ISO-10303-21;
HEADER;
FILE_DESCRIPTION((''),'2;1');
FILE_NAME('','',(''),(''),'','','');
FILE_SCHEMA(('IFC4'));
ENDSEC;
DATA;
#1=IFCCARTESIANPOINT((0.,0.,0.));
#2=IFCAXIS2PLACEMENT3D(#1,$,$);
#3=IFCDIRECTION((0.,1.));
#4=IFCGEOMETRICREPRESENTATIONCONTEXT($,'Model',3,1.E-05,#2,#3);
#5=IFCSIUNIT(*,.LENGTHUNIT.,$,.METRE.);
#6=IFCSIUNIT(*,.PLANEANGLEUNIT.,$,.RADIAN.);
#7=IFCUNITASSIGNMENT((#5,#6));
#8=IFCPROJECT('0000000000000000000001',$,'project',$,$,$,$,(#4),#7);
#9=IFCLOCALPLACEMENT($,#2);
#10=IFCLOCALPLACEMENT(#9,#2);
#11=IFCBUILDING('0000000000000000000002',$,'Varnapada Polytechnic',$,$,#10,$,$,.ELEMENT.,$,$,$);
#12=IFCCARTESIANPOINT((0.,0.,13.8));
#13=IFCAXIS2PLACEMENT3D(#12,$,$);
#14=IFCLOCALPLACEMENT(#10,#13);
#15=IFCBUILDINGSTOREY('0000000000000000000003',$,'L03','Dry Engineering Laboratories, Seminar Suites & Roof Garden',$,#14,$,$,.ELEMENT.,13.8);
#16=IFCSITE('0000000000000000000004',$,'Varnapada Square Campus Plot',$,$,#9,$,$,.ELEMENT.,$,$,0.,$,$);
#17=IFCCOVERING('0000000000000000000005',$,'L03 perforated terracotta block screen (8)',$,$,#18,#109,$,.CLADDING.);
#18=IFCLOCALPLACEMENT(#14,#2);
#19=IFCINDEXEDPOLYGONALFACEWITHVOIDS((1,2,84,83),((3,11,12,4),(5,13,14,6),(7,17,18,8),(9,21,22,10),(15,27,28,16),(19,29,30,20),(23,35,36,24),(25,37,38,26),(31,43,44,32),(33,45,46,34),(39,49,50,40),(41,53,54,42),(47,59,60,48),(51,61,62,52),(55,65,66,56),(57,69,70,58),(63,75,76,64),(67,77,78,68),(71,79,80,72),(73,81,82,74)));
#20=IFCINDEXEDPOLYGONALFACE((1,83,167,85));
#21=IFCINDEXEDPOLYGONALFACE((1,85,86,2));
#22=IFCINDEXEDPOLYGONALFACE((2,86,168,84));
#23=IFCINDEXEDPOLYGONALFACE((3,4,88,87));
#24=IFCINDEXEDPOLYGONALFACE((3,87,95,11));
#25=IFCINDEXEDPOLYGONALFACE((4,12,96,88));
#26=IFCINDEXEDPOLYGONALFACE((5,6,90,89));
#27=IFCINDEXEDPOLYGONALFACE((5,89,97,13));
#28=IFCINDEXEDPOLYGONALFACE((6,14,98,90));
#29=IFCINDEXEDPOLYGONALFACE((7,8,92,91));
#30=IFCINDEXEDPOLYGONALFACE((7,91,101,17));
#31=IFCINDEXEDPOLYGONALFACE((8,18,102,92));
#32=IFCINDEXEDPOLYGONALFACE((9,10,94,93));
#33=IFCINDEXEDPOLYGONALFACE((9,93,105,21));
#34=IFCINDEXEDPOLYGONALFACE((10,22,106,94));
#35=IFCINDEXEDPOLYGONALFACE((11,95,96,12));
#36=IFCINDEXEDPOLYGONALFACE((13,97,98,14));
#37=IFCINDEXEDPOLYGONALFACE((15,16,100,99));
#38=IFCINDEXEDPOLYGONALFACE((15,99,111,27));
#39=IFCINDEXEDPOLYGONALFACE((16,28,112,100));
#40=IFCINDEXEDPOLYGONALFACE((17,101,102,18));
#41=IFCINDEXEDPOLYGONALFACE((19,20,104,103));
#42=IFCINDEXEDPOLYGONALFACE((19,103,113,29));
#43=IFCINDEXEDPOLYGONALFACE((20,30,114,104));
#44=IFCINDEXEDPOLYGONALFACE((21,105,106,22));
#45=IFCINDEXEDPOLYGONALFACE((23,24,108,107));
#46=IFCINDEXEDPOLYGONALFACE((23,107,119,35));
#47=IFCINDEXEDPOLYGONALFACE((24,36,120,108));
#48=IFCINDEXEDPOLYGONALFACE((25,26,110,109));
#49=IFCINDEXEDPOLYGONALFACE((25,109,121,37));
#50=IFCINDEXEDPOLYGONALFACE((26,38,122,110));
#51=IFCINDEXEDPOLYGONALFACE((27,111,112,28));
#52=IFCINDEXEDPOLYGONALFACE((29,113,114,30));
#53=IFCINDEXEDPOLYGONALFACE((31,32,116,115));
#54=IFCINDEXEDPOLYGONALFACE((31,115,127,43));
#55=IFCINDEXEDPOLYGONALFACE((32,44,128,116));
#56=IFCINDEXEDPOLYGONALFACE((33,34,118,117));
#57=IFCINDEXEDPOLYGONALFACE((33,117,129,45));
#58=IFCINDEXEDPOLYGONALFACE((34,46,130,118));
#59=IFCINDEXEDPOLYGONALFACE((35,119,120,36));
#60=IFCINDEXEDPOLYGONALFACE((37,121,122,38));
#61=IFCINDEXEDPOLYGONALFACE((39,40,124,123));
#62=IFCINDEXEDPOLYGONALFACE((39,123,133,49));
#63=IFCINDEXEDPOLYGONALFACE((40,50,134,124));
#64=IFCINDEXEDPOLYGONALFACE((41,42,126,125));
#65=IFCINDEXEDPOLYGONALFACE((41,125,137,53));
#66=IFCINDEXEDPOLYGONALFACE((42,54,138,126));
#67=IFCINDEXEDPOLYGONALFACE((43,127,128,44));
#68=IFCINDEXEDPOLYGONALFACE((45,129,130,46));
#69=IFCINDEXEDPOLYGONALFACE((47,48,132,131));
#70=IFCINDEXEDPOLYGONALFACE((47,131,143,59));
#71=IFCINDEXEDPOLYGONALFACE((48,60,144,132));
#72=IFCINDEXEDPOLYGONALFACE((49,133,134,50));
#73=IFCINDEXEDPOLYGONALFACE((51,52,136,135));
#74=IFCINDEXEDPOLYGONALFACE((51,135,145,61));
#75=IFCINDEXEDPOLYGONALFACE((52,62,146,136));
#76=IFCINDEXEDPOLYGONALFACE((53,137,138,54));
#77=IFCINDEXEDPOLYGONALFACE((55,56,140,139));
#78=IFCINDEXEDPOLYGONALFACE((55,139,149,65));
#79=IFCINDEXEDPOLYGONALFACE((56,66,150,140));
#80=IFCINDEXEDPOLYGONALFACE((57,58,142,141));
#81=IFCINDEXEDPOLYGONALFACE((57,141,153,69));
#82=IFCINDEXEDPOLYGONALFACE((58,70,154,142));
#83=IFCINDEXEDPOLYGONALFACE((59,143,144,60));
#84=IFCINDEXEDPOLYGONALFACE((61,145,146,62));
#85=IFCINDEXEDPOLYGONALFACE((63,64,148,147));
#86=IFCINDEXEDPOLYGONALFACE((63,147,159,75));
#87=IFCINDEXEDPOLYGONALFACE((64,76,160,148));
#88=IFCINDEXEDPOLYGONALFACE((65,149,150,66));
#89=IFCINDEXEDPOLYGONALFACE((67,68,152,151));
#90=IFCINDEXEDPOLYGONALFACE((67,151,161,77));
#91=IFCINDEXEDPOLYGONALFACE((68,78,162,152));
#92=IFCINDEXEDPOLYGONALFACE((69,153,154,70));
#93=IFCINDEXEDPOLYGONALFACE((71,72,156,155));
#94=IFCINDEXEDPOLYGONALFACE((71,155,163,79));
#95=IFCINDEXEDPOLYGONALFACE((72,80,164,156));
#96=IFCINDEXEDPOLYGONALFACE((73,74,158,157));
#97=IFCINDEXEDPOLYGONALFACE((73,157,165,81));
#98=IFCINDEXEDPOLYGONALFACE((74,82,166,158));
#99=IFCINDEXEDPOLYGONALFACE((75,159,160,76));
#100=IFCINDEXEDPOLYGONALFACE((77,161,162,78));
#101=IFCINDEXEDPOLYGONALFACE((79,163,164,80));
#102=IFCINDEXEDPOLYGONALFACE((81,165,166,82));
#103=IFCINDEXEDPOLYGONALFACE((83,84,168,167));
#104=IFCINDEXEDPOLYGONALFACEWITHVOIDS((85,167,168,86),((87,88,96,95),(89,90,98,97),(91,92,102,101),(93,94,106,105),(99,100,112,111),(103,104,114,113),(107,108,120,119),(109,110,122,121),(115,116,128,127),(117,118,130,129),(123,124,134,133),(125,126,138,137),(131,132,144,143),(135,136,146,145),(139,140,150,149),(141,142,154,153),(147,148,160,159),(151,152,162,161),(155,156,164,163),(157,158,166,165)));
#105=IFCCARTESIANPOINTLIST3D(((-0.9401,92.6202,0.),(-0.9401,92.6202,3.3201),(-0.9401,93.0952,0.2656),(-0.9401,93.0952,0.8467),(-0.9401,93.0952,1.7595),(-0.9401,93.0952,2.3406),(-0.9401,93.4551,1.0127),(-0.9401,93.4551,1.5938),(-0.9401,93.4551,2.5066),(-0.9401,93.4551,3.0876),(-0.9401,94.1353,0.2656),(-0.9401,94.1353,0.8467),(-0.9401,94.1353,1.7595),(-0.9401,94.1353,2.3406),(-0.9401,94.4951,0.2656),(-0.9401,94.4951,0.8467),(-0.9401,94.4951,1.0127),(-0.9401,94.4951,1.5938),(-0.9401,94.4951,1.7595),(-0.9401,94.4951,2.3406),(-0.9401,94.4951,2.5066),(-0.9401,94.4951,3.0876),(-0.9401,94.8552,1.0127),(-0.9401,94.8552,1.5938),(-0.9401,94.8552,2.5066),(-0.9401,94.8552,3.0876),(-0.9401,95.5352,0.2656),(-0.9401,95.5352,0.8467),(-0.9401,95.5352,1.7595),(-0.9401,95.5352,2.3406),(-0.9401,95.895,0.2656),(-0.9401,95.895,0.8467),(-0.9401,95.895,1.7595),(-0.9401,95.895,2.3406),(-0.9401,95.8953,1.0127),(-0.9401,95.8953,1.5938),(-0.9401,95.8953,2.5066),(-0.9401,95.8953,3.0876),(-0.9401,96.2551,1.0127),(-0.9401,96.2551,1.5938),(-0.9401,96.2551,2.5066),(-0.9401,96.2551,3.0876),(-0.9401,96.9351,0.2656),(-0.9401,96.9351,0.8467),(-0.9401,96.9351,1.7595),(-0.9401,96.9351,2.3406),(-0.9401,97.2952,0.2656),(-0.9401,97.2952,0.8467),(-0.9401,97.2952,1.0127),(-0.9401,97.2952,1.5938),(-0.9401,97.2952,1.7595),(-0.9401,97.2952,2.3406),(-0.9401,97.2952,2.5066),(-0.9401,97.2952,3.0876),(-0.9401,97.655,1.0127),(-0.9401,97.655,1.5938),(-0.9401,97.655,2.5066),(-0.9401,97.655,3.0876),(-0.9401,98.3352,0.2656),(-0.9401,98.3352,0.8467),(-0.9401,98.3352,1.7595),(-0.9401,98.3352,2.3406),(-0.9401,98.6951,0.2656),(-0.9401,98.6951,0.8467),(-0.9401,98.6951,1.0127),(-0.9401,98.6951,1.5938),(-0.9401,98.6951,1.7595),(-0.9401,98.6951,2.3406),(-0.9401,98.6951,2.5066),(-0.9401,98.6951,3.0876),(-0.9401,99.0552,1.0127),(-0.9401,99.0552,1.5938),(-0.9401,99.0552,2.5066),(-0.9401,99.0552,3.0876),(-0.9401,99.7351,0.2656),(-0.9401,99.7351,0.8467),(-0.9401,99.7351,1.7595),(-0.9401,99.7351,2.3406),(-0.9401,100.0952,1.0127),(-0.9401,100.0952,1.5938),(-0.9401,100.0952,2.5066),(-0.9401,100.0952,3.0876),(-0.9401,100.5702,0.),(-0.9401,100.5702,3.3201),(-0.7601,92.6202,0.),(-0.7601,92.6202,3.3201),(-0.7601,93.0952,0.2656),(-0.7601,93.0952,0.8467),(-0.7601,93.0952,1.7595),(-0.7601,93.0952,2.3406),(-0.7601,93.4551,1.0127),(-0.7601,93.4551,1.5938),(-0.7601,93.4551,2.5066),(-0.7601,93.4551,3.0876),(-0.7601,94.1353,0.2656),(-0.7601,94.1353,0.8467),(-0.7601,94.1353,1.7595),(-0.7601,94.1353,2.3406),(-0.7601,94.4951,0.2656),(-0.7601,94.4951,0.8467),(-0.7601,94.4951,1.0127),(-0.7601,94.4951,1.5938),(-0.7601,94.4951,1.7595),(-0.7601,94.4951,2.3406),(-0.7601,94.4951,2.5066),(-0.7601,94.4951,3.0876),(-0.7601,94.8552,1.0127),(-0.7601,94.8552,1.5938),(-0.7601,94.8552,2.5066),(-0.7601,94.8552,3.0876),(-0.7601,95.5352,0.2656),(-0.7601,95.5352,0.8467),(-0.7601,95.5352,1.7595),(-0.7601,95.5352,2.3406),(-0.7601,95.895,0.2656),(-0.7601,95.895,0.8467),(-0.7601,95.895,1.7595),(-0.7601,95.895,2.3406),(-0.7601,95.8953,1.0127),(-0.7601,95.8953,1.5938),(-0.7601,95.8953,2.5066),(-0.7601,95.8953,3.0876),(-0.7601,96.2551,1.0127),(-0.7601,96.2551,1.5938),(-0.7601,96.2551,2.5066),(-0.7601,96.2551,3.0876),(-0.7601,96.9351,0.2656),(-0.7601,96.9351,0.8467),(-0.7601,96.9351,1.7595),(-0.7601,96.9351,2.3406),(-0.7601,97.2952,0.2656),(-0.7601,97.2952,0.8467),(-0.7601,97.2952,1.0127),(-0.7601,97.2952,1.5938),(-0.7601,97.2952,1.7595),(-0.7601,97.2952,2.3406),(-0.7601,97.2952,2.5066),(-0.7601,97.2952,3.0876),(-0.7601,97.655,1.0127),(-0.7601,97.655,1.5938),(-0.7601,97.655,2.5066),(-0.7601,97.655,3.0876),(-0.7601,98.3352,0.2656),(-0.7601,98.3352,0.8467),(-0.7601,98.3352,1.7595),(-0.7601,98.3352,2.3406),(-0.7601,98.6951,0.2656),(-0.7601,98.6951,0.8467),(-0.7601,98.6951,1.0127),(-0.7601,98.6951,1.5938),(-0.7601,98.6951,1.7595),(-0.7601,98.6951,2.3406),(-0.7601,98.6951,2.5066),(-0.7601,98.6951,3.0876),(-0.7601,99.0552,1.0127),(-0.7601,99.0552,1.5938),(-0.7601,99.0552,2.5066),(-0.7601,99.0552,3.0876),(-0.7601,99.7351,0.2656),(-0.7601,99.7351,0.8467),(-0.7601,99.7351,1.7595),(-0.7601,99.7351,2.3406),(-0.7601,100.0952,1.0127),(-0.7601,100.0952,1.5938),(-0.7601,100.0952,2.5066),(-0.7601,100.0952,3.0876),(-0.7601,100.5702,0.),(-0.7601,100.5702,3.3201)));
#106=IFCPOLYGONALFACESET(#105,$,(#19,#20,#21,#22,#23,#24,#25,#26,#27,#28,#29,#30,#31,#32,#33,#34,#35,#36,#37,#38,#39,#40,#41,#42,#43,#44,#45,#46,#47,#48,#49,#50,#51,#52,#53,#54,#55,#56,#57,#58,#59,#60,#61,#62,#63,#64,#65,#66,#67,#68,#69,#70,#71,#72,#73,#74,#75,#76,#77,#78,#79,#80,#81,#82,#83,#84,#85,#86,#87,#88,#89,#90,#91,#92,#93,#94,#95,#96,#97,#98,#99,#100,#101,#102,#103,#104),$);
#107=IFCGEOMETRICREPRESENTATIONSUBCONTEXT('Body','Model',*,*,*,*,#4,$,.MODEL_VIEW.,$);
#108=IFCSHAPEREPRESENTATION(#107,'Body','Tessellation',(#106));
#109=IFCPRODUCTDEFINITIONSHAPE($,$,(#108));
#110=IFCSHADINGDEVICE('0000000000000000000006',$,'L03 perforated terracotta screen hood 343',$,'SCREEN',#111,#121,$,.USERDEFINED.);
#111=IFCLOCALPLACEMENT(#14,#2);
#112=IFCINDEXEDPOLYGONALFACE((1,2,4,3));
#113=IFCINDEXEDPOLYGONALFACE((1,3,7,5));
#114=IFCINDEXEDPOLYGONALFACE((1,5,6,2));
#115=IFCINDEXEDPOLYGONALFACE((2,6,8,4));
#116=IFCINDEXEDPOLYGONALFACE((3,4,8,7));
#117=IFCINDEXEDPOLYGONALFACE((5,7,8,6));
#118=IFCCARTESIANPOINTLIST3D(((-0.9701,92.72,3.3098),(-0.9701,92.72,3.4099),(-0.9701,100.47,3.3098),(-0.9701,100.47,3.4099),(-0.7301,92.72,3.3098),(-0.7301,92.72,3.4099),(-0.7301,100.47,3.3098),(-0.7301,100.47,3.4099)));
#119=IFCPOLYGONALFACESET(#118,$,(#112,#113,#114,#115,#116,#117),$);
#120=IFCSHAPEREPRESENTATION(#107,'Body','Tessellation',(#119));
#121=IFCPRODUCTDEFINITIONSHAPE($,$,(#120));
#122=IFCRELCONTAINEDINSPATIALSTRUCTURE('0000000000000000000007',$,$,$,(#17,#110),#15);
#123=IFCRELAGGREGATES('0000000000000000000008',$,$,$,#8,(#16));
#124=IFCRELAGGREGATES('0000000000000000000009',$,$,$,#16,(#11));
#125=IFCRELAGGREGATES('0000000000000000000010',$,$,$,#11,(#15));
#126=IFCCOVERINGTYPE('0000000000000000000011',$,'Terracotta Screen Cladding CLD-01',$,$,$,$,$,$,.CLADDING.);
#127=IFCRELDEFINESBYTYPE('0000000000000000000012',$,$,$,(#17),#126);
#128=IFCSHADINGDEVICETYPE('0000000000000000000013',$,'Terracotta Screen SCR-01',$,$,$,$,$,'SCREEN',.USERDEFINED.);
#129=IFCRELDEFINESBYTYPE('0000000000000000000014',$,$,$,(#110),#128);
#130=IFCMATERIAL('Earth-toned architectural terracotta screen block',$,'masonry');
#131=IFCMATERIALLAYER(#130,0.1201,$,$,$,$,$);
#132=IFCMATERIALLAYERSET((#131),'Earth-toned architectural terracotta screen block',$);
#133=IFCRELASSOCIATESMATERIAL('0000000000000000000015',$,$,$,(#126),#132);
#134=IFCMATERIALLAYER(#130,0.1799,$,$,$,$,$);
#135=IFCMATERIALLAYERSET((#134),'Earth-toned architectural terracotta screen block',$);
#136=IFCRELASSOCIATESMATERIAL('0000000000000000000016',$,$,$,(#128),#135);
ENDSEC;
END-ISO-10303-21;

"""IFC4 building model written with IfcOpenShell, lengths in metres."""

from ifc_helpers import new_model, si_unit, direction, frame, frame_2d, origin, origin_2d, place, context, subcontext, project, spatial, rectangle, extrude, material, layer, layer_set, type_object, element, save


model = new_model("IFC4")

# Units and contexts
model_context = context("Model", 3, precision=1e-05, world=origin(), true_north=direction((0.0, 1.0)))
body_context = subcontext(model_context, "Body", "Model", "MODEL_VIEW")
ifc_project = project(units=[si_unit("LENGTHUNIT", "METRE"), si_unit("PLANEANGLEUNIT", "RADIAN")], contexts=[model_context])

# Site, building, storey
site_placement = place(None, origin())
site = spatial("IfcSite", under=ifc_project, at=site_placement, Name="Varnapada Square Campus Plot", CompositionType="ELEMENT", RefElevation=0.0)
building_placement = place(site_placement, origin())
building = spatial("IfcBuilding", under=site, at=building_placement, Name="Varnapada Polytechnic", CompositionType="ELEMENT")
storey_placement = place(building_placement, frame((0.0, 0.0, 13.8)))
storey = spatial("IfcBuildingStorey", under=building, at=storey_placement, Name="L03", Description="Dry Engineering Laboratories, Seminar Suites & Roof Garden", CompositionType="ELEMENT", Elevation=13.8)

# Covering, openings
ifc_material_1 = material(Name="Earth-toned architectural terracotta screen block", Category="masonry")
ifc_layer_1 = layer(ifc_material_1, 0.1201)
ifc_layer_set_1 = layer_set([ifc_layer_1], Name="Earth-toned architectural terracotta screen block")
covering_type = type_object("IfcCoveringType", Name="Terracotta Screen Cladding CLD-01", PredefinedType="CLADDING", material=ifc_layer_set_1)
covering_placement = place(storey_placement, frame((-0.8501, 92.6201, 0.0), z_axis=(0.0, 0.0, 1.0), x_axis=(0.0, 1.0, 0.0)))
covering = element("IfcCovering", 1, at=covering_placement, inside=storey, type_object=covering_type, Name="L03 perforated terracotta block screen (8)", PredefinedType="CLADDING", context=body_context, shape_type="SweptSolid", body=[
    extrude(rectangle(XDim=7.95, YDim=0.1799, at=frame_2d((3.9751, 0.0))), origin(), (0.0, 0.0, 1.0), 3.3201),
])
opening_1_placement = place(covering_placement, frame((0.4751, 0.0, 0.2656)))
element("IfcOpeningElement", 2, at=opening_1_placement, cuts=covering, PredefinedType="OPENING", context=body_context, shape_type="SweptSolid", body=[
    extrude(rectangle(XDim=1.04, YDim=0.5811, at=frame_2d((0.52, 0.2905))), frame((0.0, 0.0999, 0.0), z_axis=(0.0, -1.0, 0.0), x_axis=(1.0, 0.0, 0.0)), (0.0, 0.0, 1.0), 0.2),
])
opening_2_placement = place(covering_placement, frame((1.875, 0.0, 0.2656)))
element("IfcOpeningElement", 3, at=opening_2_placement, cuts=covering, PredefinedType="OPENING", context=body_context, shape_type="SweptSolid", body=[
    extrude(rectangle(XDim=1.04, YDim=0.5811, at=frame_2d((0.52, 0.2905))), frame((0.0, 0.0999, 0.0), z_axis=(0.0, -1.0, 0.0), x_axis=(1.0, 0.0, 0.0)), (0.0, 0.0, 1.0), 0.2),
])
opening_3_placement = place(covering_placement, frame((3.2749, 0.0, 0.2656)))
element("IfcOpeningElement", 4, at=opening_3_placement, cuts=covering, PredefinedType="OPENING", context=body_context, shape_type="SweptSolid", body=[
    extrude(rectangle(XDim=1.04, YDim=0.5811, at=frame_2d((0.52, 0.2905))), frame((0.0, 0.0999, 0.0), z_axis=(0.0, -1.0, 0.0), x_axis=(1.0, 0.0, 0.0)), (0.0, 0.0, 1.0), 0.2),
])
opening_4_placement = place(covering_placement, frame((4.675, 0.0, 0.2656)))
element("IfcOpeningElement", 5, at=opening_4_placement, cuts=covering, PredefinedType="OPENING", context=body_context, shape_type="SweptSolid", body=[
    extrude(rectangle(XDim=1.04, YDim=0.5811, at=frame_2d((0.52, 0.2905))), frame((0.0, 0.0999, 0.0), z_axis=(0.0, -1.0, 0.0), x_axis=(1.0, 0.0, 0.0)), (0.0, 0.0, 1.0), 0.2),
])
opening_5_placement = place(covering_placement, frame((6.075, 0.0, 0.2656)))
element("IfcOpeningElement", 6, at=opening_5_placement, cuts=covering, PredefinedType="OPENING", context=body_context, shape_type="SweptSolid", body=[
    extrude(rectangle(XDim=1.04, YDim=0.5811, at=frame_2d((0.52, 0.2905))), frame((0.0, 0.0999, 0.0), z_axis=(0.0, -1.0, 0.0), x_axis=(1.0, 0.0, 0.0)), (0.0, 0.0, 1.0), 0.2),
])
opening_6_placement = place(covering_placement, frame((0.835, 0.0, 1.0127)))
element("IfcOpeningElement", 7, at=opening_6_placement, cuts=covering, PredefinedType="OPENING", context=body_context, shape_type="SweptSolid", body=[
    extrude(rectangle(XDim=1.04, YDim=0.5811, at=frame_2d((0.52, 0.2905))), frame((0.0, 0.0999, 0.0), z_axis=(0.0, -1.0, 0.0), x_axis=(1.0, 0.0, 0.0)), (0.0, 0.0, 1.0), 0.2),
])
opening_7_placement = place(covering_placement, frame((2.2351, 0.0, 1.0127)))
element("IfcOpeningElement", 8, at=opening_7_placement, cuts=covering, PredefinedType="OPENING", context=body_context, shape_type="SweptSolid", body=[
    extrude(rectangle(XDim=1.04, YDim=0.5811, at=frame_2d((0.52, 0.2905))), frame((0.0, 0.0999, 0.0), z_axis=(0.0, -1.0, 0.0), x_axis=(1.0, 0.0, 0.0)), (0.0, 0.0, 1.0), 0.2),
])
opening_8_placement = place(covering_placement, frame((3.635, 0.0, 1.0127)))
element("IfcOpeningElement", 9, at=opening_8_placement, cuts=covering, PredefinedType="OPENING", context=body_context, shape_type="SweptSolid", body=[
    extrude(rectangle(XDim=1.04, YDim=0.5811, at=frame_2d((0.52, 0.2905))), frame((0.0, 0.0999, 0.0), z_axis=(0.0, -1.0, 0.0), x_axis=(1.0, 0.0, 0.0)), (0.0, 0.0, 1.0), 0.2),
])
opening_9_placement = place(covering_placement, frame((5.0349, 0.0, 1.0127)))
element("IfcOpeningElement", 10, at=opening_9_placement, cuts=covering, PredefinedType="OPENING", context=body_context, shape_type="SweptSolid", body=[
    extrude(rectangle(XDim=1.04, YDim=0.5811, at=frame_2d((0.52, 0.2905))), frame((0.0, 0.0999, 0.0), z_axis=(0.0, -1.0, 0.0), x_axis=(1.0, 0.0, 0.0)), (0.0, 0.0, 1.0), 0.2),
])
opening_10_placement = place(covering_placement, frame((6.4351, 0.0, 1.0127)))
element("IfcOpeningElement", 11, at=opening_10_placement, cuts=covering, PredefinedType="OPENING", context=body_context, shape_type="SweptSolid", body=[
    extrude(rectangle(XDim=1.04, YDim=0.5811, at=frame_2d((0.52, 0.2905))), frame((0.0, 0.0999, 0.0), z_axis=(0.0, -1.0, 0.0), x_axis=(1.0, 0.0, 0.0)), (0.0, 0.0, 1.0), 0.2),
])
opening_11_placement = place(covering_placement, frame((0.4751, 0.0, 1.7595)))
element("IfcOpeningElement", 12, at=opening_11_placement, cuts=covering, PredefinedType="OPENING", context=body_context, shape_type="SweptSolid", body=[
    extrude(rectangle(XDim=1.04, YDim=0.5811, at=frame_2d((0.52, 0.2905))), frame((0.0, 0.0999, 0.0), z_axis=(0.0, -1.0, 0.0), x_axis=(1.0, 0.0, 0.0)), (0.0, 0.0, 1.0), 0.2),
])
opening_12_placement = place(covering_placement, frame((1.875, 0.0, 1.7595)))
element("IfcOpeningElement", 13, at=opening_12_placement, cuts=covering, PredefinedType="OPENING", context=body_context, shape_type="SweptSolid", body=[
    extrude(rectangle(XDim=1.04, YDim=0.5811, at=frame_2d((0.52, 0.2905))), frame((0.0, 0.0999, 0.0), z_axis=(0.0, -1.0, 0.0), x_axis=(1.0, 0.0, 0.0)), (0.0, 0.0, 1.0), 0.2),
])
opening_13_placement = place(covering_placement, frame((3.2749, 0.0, 1.7595)))
element("IfcOpeningElement", 14, at=opening_13_placement, cuts=covering, PredefinedType="OPENING", context=body_context, shape_type="SweptSolid", body=[
    extrude(rectangle(XDim=1.04, YDim=0.5811, at=frame_2d((0.52, 0.2905))), frame((0.0, 0.0999, 0.0), z_axis=(0.0, -1.0, 0.0), x_axis=(1.0, 0.0, 0.0)), (0.0, 0.0, 1.0), 0.2),
])
opening_14_placement = place(covering_placement, frame((4.675, 0.0, 1.7595)))
element("IfcOpeningElement", 15, at=opening_14_placement, cuts=covering, PredefinedType="OPENING", context=body_context, shape_type="SweptSolid", body=[
    extrude(rectangle(XDim=1.04, YDim=0.5811, at=frame_2d((0.52, 0.2905))), frame((0.0, 0.0999, 0.0), z_axis=(0.0, -1.0, 0.0), x_axis=(1.0, 0.0, 0.0)), (0.0, 0.0, 1.0), 0.2),
])
opening_15_placement = place(covering_placement, frame((6.075, 0.0, 1.7595)))
element("IfcOpeningElement", 16, at=opening_15_placement, cuts=covering, PredefinedType="OPENING", context=body_context, shape_type="SweptSolid", body=[
    extrude(rectangle(XDim=1.04, YDim=0.5811, at=frame_2d((0.52, 0.2905))), frame((0.0, 0.0999, 0.0), z_axis=(0.0, -1.0, 0.0), x_axis=(1.0, 0.0, 0.0)), (0.0, 0.0, 1.0), 0.2),
])
opening_16_placement = place(covering_placement, frame((0.835, 0.0, 2.5066)))
element("IfcOpeningElement", 17, at=opening_16_placement, cuts=covering, PredefinedType="OPENING", context=body_context, shape_type="SweptSolid", body=[
    extrude(rectangle(XDim=1.04, YDim=0.5811, at=frame_2d((0.52, 0.2905))), frame((0.0, 0.0999, 0.0), z_axis=(0.0, -1.0, 0.0), x_axis=(1.0, 0.0, 0.0)), (0.0, 0.0, 1.0), 0.2),
])
opening_17_placement = place(covering_placement, frame((2.2351, 0.0, 2.5066)))
element("IfcOpeningElement", 18, at=opening_17_placement, cuts=covering, PredefinedType="OPENING", context=body_context, shape_type="SweptSolid", body=[
    extrude(rectangle(XDim=1.04, YDim=0.5811, at=frame_2d((0.52, 0.2905))), frame((0.0, 0.0999, 0.0), z_axis=(0.0, -1.0, 0.0), x_axis=(1.0, 0.0, 0.0)), (0.0, 0.0, 1.0), 0.2),
])
opening_18_placement = place(covering_placement, frame((3.635, 0.0, 2.5066)))
element("IfcOpeningElement", 19, at=opening_18_placement, cuts=covering, PredefinedType="OPENING", context=body_context, shape_type="SweptSolid", body=[
    extrude(rectangle(XDim=1.04, YDim=0.5811, at=frame_2d((0.52, 0.2905))), frame((0.0, 0.0999, 0.0), z_axis=(0.0, -1.0, 0.0), x_axis=(1.0, 0.0, 0.0)), (0.0, 0.0, 1.0), 0.2),
])
opening_19_placement = place(covering_placement, frame((5.0349, 0.0, 2.5066)))
element("IfcOpeningElement", 20, at=opening_19_placement, cuts=covering, PredefinedType="OPENING", context=body_context, shape_type="SweptSolid", body=[
    extrude(rectangle(XDim=1.04, YDim=0.5811, at=frame_2d((0.52, 0.2905))), frame((0.0, 0.0999, 0.0), z_axis=(0.0, -1.0, 0.0), x_axis=(1.0, 0.0, 0.0)), (0.0, 0.0, 1.0), 0.2),
])
opening_20_placement = place(covering_placement, frame((6.4351, 0.0, 2.5066)))
element("IfcOpeningElement", 21, at=opening_20_placement, cuts=covering, PredefinedType="OPENING", context=body_context, shape_type="SweptSolid", body=[
    extrude(rectangle(XDim=1.04, YDim=0.5811, at=frame_2d((0.52, 0.2905))), frame((0.0, 0.0999, 0.0), z_axis=(0.0, -1.0, 0.0), x_axis=(1.0, 0.0, 0.0)), (0.0, 0.0, 1.0), 0.2),
])

# Shading device
ifc_layer_2 = layer(ifc_material_1, 0.1799)
ifc_layer_set_2 = layer_set([ifc_layer_2], Name="Earth-toned architectural terracotta screen block")
shading_device_type = type_object("IfcShadingDeviceType", Name="Terracotta Screen SCR-01", ElementType="SCREEN", PredefinedType="USERDEFINED", material=ifc_layer_set_2)
shading_device_placement = place(storey_placement, frame((-0.8501, 96.595, 3.3098), z_axis=(0.0, 0.0, 1.0), x_axis=(0.0, 1.0, 0.0)))
element("IfcShadingDevice", 22, at=shading_device_placement, inside=storey, type_object=shading_device_type, Name="L03 perforated terracotta screen hood 343", ObjectType="SCREEN", PredefinedType="USERDEFINED", context=body_context, shape_type="SweptSolid", body=[
    extrude(rectangle(XDim=7.75, YDim=0.24, at=origin_2d()), origin(), (0.0, 0.0, 1.0), 0.1001),
])

save(model, "model.ifc")
